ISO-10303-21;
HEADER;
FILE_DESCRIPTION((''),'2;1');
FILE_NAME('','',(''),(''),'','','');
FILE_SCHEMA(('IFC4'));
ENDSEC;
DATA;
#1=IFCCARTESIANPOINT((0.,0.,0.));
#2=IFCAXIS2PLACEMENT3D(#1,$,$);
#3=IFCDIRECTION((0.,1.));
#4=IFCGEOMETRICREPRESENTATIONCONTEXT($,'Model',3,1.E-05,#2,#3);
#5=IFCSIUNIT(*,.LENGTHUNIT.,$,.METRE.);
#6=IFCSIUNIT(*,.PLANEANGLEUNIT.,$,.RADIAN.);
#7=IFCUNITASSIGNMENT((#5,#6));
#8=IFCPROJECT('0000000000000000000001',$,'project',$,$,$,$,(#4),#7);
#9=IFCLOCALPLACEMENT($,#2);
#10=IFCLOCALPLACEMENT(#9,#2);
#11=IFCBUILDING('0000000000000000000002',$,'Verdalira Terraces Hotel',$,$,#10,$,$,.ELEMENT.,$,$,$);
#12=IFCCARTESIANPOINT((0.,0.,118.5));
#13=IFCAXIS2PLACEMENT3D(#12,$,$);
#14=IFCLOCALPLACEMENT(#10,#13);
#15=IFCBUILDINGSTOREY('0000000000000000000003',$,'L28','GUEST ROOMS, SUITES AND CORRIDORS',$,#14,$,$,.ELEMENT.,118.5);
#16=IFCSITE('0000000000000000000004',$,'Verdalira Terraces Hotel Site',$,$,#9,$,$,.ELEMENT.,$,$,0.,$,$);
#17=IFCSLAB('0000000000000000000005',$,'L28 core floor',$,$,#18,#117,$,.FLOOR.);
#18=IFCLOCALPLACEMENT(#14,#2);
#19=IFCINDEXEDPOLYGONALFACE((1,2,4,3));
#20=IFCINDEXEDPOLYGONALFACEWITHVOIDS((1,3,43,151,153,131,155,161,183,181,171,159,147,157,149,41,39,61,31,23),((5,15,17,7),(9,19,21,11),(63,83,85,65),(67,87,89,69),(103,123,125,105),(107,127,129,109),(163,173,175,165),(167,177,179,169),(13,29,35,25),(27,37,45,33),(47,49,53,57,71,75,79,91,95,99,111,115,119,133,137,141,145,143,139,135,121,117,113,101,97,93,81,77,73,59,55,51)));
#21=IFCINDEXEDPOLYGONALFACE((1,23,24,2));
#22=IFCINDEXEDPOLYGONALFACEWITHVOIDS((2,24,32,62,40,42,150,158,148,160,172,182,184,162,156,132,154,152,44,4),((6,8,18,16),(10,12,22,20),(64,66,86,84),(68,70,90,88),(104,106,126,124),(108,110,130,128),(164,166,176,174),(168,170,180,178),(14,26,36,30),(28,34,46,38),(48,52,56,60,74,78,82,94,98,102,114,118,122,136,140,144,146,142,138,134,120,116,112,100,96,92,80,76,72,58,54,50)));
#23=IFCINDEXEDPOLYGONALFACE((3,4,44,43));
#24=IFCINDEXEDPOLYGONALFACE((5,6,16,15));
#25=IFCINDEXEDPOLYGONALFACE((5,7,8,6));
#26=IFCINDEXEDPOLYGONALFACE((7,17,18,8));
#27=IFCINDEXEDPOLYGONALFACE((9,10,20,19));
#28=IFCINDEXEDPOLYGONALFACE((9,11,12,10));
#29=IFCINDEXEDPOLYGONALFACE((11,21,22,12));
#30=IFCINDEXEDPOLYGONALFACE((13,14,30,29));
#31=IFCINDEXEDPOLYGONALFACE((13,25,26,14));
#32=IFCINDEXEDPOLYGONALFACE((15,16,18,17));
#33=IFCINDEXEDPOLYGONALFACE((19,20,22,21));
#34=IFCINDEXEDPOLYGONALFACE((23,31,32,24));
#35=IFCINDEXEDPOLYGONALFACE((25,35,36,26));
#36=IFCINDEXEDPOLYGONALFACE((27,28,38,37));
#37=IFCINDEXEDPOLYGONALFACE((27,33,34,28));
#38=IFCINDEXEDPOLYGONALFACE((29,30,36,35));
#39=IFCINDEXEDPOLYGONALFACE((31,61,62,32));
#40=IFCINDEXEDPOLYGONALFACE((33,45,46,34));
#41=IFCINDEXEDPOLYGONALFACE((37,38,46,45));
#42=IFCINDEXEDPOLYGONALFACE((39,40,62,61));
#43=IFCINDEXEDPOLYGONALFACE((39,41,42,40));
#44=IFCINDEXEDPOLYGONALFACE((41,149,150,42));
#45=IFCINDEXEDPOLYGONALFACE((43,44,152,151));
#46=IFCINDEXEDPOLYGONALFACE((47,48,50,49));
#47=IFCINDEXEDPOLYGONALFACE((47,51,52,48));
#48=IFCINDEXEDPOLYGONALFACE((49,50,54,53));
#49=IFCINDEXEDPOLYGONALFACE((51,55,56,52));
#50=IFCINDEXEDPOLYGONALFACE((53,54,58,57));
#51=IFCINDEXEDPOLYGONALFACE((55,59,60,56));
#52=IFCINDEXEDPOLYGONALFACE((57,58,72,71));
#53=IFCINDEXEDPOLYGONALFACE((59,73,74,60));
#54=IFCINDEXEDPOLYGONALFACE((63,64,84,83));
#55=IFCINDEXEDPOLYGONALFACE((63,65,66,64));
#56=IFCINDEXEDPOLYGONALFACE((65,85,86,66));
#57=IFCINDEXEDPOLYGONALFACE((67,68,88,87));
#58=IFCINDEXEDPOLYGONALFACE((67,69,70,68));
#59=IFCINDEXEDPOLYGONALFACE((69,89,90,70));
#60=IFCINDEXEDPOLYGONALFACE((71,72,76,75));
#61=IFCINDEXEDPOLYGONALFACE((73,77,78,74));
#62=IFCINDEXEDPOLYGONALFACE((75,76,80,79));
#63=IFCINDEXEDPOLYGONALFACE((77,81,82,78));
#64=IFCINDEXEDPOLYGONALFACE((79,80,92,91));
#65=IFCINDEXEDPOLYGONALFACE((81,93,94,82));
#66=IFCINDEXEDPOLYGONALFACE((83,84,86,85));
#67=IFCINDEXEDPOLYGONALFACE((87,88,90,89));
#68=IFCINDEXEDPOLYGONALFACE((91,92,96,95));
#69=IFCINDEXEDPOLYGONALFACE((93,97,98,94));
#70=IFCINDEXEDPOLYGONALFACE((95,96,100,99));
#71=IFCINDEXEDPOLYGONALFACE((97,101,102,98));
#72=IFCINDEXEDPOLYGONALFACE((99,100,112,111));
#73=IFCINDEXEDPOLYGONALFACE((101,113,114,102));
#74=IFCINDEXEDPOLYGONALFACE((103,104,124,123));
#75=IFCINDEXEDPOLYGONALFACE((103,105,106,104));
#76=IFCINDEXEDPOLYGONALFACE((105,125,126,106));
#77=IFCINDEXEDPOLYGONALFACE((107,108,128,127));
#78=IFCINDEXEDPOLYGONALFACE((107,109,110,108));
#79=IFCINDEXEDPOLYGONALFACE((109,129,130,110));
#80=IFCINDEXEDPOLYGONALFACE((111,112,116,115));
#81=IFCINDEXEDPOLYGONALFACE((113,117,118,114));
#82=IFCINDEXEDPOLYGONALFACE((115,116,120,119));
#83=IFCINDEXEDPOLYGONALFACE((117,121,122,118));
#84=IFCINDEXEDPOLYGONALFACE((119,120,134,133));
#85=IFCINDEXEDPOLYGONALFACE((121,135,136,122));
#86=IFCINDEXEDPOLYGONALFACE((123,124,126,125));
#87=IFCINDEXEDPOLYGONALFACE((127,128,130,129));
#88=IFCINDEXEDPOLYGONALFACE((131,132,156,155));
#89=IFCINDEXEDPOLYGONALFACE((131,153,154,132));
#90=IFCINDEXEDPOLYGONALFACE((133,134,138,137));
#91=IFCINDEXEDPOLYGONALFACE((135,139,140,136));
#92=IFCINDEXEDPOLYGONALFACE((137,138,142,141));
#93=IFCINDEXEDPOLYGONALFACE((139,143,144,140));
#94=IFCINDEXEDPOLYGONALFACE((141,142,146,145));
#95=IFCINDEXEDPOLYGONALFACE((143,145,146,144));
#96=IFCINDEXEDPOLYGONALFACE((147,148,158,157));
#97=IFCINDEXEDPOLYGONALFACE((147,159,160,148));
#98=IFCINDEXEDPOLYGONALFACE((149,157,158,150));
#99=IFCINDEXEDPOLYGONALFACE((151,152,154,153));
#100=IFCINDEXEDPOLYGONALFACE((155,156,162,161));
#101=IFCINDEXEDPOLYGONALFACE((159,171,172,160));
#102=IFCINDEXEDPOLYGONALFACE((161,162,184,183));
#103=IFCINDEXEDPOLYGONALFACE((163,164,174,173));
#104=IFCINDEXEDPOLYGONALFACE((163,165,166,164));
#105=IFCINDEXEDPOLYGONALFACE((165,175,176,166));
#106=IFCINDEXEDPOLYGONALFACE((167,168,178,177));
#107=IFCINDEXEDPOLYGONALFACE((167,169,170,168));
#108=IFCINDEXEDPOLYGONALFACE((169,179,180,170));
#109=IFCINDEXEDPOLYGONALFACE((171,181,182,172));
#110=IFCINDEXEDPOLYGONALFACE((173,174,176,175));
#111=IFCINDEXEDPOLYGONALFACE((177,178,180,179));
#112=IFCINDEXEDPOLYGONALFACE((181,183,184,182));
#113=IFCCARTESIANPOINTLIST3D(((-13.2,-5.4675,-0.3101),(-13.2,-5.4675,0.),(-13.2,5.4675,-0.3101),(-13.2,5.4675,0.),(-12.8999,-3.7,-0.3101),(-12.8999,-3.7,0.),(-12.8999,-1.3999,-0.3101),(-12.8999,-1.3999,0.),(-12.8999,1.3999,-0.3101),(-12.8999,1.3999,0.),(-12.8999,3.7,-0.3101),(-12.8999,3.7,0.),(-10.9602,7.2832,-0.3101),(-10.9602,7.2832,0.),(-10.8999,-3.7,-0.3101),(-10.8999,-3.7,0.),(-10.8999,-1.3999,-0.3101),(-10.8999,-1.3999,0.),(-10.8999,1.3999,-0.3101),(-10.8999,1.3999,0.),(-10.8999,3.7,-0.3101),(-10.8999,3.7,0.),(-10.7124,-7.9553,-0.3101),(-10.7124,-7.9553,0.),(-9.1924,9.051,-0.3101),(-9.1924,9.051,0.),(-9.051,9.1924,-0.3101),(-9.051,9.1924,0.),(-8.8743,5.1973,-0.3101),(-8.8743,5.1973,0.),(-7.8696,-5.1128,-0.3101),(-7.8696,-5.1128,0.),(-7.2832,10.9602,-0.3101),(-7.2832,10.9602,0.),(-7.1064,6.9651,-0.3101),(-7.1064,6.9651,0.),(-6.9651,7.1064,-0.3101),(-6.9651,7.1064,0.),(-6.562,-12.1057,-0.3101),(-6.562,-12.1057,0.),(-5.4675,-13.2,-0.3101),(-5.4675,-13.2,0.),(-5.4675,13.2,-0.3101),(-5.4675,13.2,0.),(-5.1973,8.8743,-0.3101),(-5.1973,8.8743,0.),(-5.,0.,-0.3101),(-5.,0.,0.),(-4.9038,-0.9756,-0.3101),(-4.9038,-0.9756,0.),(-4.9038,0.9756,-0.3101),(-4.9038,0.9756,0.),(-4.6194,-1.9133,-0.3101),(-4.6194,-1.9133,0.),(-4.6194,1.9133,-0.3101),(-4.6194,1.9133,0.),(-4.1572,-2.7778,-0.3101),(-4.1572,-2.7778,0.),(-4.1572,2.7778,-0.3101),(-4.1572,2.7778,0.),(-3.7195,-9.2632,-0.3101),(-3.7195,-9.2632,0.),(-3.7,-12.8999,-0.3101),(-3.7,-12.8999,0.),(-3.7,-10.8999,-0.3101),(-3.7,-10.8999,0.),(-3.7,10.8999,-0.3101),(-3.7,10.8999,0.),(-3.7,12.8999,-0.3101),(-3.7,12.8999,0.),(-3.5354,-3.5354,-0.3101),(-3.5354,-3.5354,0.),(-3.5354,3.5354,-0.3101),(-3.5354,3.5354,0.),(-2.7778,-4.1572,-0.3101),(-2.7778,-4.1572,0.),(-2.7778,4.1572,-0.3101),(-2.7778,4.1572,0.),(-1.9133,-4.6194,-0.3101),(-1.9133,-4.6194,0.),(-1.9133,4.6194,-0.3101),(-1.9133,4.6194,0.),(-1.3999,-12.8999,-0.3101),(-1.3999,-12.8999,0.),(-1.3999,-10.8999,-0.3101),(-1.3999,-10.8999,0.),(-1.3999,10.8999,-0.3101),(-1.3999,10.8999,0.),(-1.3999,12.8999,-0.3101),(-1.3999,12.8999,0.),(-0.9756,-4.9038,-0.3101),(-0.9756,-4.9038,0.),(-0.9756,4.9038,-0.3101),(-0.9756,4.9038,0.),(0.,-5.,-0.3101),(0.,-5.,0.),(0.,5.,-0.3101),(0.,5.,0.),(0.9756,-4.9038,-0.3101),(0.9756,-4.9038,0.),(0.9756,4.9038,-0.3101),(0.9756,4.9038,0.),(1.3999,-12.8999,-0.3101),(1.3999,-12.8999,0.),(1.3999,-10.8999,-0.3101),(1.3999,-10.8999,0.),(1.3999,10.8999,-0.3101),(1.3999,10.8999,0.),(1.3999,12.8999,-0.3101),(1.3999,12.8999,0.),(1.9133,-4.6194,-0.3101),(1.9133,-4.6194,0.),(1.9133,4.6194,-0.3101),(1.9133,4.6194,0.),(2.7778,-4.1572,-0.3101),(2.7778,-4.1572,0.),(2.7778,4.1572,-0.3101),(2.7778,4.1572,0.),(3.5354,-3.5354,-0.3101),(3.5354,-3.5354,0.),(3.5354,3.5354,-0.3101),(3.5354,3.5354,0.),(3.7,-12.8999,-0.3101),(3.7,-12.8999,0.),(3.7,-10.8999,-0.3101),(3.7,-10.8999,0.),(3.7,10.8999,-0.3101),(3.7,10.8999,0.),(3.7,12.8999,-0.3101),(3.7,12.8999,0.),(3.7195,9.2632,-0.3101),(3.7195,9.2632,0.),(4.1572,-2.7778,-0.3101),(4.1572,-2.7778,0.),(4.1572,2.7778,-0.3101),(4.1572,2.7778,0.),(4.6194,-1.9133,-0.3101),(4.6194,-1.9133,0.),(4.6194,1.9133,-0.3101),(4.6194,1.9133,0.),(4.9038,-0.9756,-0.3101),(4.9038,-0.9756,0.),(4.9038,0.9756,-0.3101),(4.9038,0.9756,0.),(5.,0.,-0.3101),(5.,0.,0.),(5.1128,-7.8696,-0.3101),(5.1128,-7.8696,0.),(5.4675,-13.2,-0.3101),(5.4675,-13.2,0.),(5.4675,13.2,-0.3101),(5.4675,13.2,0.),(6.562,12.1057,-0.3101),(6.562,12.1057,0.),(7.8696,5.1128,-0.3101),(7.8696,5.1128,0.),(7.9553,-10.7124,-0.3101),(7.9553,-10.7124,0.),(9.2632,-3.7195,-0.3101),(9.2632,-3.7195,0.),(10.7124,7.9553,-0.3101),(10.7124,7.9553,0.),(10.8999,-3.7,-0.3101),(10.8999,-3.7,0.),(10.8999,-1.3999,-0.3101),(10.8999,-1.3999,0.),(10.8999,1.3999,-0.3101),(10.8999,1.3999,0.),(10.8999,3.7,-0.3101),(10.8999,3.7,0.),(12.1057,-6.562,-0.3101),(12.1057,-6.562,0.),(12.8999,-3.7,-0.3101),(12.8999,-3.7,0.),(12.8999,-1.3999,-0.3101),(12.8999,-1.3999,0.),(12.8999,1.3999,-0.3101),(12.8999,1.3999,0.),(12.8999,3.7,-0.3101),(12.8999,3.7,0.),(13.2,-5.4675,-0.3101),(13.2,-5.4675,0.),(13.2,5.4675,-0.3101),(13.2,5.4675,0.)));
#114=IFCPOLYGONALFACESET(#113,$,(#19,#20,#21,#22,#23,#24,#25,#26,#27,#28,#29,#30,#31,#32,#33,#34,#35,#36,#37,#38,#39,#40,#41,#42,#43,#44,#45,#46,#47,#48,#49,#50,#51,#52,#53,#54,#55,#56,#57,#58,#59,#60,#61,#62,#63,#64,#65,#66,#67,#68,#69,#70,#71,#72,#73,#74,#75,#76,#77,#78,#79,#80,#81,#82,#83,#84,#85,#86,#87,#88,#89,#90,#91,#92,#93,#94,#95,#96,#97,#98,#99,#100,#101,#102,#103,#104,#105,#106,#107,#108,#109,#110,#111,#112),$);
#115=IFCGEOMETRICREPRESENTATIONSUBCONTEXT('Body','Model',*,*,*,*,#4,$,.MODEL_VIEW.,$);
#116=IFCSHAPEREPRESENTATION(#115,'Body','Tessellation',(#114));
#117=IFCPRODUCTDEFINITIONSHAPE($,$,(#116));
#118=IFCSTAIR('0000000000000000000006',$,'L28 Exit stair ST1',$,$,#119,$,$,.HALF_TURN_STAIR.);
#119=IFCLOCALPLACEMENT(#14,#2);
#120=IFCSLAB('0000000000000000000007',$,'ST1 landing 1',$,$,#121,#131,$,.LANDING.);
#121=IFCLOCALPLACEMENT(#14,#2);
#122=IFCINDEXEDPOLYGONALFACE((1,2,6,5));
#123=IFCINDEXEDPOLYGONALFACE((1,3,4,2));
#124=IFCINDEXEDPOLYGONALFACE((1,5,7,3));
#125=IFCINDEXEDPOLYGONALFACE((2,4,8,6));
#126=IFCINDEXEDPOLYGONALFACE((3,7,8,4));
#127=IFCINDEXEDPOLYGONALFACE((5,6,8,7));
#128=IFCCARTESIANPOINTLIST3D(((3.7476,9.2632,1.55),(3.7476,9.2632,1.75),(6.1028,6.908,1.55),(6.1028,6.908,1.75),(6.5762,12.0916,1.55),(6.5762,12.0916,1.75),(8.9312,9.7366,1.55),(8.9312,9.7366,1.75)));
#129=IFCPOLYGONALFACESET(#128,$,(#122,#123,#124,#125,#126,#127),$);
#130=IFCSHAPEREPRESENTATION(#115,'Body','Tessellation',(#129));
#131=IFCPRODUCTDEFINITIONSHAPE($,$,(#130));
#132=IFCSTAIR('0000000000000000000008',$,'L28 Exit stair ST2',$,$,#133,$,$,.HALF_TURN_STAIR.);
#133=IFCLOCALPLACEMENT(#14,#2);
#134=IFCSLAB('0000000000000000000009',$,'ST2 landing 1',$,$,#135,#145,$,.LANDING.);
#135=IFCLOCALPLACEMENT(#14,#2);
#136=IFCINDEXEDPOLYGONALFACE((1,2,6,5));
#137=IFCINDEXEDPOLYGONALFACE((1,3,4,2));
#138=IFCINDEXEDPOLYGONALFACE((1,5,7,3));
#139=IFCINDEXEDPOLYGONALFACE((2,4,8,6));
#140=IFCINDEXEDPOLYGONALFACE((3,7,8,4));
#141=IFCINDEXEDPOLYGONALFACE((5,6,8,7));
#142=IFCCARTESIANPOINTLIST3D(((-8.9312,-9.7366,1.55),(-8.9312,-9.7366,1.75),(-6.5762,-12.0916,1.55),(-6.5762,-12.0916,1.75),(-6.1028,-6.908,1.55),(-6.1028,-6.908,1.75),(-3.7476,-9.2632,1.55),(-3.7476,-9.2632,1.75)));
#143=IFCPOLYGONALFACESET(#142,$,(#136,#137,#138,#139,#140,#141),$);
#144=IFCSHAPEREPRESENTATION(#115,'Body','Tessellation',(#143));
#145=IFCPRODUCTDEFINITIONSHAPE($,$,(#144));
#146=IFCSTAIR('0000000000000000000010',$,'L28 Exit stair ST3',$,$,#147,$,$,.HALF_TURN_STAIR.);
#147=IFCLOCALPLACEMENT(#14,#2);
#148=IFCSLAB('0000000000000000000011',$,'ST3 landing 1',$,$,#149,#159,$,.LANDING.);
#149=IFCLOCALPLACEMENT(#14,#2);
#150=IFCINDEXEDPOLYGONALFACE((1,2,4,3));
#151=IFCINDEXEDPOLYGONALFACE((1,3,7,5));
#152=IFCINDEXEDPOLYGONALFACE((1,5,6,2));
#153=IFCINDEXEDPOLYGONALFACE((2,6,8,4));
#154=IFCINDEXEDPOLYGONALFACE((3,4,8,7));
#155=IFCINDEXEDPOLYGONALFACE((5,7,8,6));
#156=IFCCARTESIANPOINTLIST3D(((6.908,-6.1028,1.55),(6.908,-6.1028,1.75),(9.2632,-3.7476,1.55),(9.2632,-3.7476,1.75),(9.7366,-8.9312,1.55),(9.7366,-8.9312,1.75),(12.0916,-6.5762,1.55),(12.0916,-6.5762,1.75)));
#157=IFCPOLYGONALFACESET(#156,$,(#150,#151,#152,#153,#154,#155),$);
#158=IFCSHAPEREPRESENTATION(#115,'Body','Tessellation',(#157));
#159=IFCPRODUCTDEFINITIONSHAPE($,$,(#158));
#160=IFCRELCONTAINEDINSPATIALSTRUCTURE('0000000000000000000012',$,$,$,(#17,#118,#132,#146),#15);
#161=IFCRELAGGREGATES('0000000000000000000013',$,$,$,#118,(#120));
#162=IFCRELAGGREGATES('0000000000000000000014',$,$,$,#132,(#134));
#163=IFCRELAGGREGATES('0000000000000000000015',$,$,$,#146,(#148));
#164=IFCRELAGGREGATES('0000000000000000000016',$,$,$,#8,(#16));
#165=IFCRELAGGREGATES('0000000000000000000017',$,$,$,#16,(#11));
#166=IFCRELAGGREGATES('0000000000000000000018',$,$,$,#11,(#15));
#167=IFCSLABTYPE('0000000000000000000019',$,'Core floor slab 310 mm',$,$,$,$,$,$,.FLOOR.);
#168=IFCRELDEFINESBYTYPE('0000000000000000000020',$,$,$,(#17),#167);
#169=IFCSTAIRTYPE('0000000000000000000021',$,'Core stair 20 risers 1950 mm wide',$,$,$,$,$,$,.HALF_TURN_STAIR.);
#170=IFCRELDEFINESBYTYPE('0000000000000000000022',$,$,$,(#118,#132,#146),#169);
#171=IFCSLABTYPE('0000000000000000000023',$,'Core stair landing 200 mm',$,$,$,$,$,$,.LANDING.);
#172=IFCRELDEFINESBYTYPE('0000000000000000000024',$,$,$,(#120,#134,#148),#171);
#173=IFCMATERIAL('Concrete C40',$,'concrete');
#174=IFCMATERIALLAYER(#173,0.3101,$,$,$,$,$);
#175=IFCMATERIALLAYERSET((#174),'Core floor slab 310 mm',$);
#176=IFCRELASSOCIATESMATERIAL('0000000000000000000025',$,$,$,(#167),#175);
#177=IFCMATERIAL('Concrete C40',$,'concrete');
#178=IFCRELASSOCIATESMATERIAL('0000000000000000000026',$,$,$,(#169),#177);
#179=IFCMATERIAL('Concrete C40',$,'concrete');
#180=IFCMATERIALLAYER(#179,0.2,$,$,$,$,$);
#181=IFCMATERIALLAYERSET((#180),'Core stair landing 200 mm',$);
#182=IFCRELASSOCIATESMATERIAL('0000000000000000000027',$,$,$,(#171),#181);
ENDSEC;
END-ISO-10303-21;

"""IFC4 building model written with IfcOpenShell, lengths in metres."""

from ifc_helpers import new_model, si_unit, direction, frame, origin, place, context, subcontext, project, spatial, polyline, outline, extrude, material, layer, layer_set, type_object, element, aggregate, save


model = new_model("IFC4")

# Units and contexts
model_context = context("Model", 3, precision=1e-05, world=origin(), true_north=direction((0.0, 1.0)))
body_context = subcontext(model_context, "Body", "Model", "MODEL_VIEW")
ifc_project = project(units=[si_unit("LENGTHUNIT", "METRE"), si_unit("PLANEANGLEUNIT", "RADIAN")], contexts=[model_context])

# Site, building, storey
site_placement = place(None, origin())
site = spatial("IfcSite", under=ifc_project, at=site_placement, Name="Verdalira Terraces Hotel Site", CompositionType="ELEMENT", RefElevation=0.0)
building_placement = place(site_placement, origin())
building = spatial("IfcBuilding", under=site, at=building_placement, Name="Verdalira Terraces Hotel", CompositionType="ELEMENT")
storey_placement = place(building_placement, frame((0.0, 0.0, 118.5)))
storey = spatial("IfcBuildingStorey", under=building, at=storey_placement, Name="L28", Description="GUEST ROOMS, SUITES AND CORRIDORS", CompositionType="ELEMENT", Elevation=118.5)

# Slab
ifc_material_1 = material(Name="Concrete C40", Category="concrete")
ifc_layer_1 = layer(ifc_material_1, 0.3101)
ifc_layer_set_1 = layer_set([ifc_layer_1], Name="Core floor slab 310 mm")
slab_type_1 = type_object("IfcSlabType", Name="Core floor slab 310 mm", PredefinedType="FLOOR", material=ifc_layer_set_1)
slab_1_placement = place(storey_placement, frame((0.0, 0.0, -0.3101)))
element("IfcSlab", 1, at=slab_1_placement, inside=storey, type_object=slab_type_1, Name="L28 core floor", PredefinedType="FLOOR", context=body_context, shape_type="SweptSolid", body=[
    extrude(outline(polyline([(-5.4675, 13.2), (5.4675, 13.2), (6.562, 12.1057), (3.7195, 9.2632), (7.8696, 5.1128), (10.7124, 7.9553), (13.2, 5.4675), (13.2, -5.4675), (12.1057, -6.562), (9.2632, -3.7195), (5.1128, -7.8696), (7.9553, -10.7124), (5.4675, -13.2), (-5.4675, -13.2), (-6.562, -12.1057), (-3.7195, -9.2632), (-7.8696, -5.1128), (-10.7124, -7.9553), (-13.2, -5.4675), (-13.2, 5.4675), (-5.4675, 13.2)]), holes=[polyline([(12.8999, -3.7), (12.8999, -1.3999), (10.8999, -1.3999), (10.8999, -3.7), (12.8999, -3.7)]), polyline([(12.8999, 1.3999), (12.8999, 3.7), (10.8999, 3.7), (10.8999, 1.3999), (12.8999, 1.3999)]), polyline([(1.3999, 10.8999), (3.7, 10.8999), (3.7, 12.8999), (1.3999, 12.8999), (1.3999, 10.8999)]), polyline([(-3.7, 10.8999), (-1.3999, 10.8999), (-1.3999, 12.8999), (-3.7, 12.8999), (-3.7, 10.8999)]), polyline([(-12.8999, 3.7), (-12.8999, 1.3999), (-10.8999, 1.3999), (-10.8999, 3.7), (-12.8999, 3.7)]), polyline([(-12.8999, -1.3999), (-12.8999, -3.7), (-10.8999, -3.7), (-10.8999, -1.3999), (-12.8999, -1.3999)]), polyline([(-1.3999, -10.8999), (-3.7, -10.8999), (-3.7, -12.8999), (-1.3999, -12.8999), (-1.3999, -10.8999)]), polyline([(3.7, -10.8999), (1.3999, -10.8999), (1.3999, -12.8999), (3.7, -12.8999), (3.7, -10.8999)]), polyline([(-9.051, 9.1924), (-6.9651, 7.1064), (-5.1973, 8.8743), (-7.2832, 10.9602), (-9.051, 9.1924)]), polyline([(-9.1924, 9.051), (-10.9602, 7.2832), (-8.8743, 5.1973), (-7.1064, 6.9651), (-9.1924, 9.051)]), polyline([(3.5354, 3.5354), (2.7778, 4.1572), (1.9133, 4.6194), (0.9756, 4.9038), (0.0, 5.0), (-0.9756, 4.9038), (-1.9133, 4.6194), (-2.7778, 4.1572), (-3.5354, 3.5354), (-4.1572, 2.7778), (-4.6194, 1.9133), (-4.9038, 0.9756), (-5.0, 0.0), (-4.9038, -0.9756), (-4.6194, -1.9133), (-4.1572, -2.7778), (-3.5354, -3.5354), (-2.7778, -4.1572), (-1.9133, -4.6194), (-0.9756, -4.9038), (0.0, -5.0), (0.9756, -4.9038), (1.9133, -4.6194), (2.7778, -4.1572), (3.5354, -3.5354), (4.1572, -2.7778), (4.6194, -1.9133), (4.9038, -0.9756), (5.0, 0.0), (4.9038, 0.9756), (4.6194, 1.9133), (4.1572, 2.7778), (3.5354, 3.5354)])]), origin(), (0.0, 0.0, 1.0), 0.3101),
])

# Stairs, slabs
ifc_material_2 = material(Name="Concrete C40", Category="concrete")
stair_type = type_object("IfcStairType", Name="Core stair 20 risers 1950 mm wide", PredefinedType="HALF_TURN_STAIR", material=ifc_material_2)
stair_1_placement = place(storey_placement, origin())
stair_1 = element("IfcStair", 2, at=stair_1_placement, inside=storey, type_object=stair_type, Name="L28 Exit stair ST1", PredefinedType="HALF_TURN_STAIR")
ifc_material_3 = material(Name="Concrete C40", Category="concrete")
ifc_layer_2 = layer(ifc_material_3, 0.2)
ifc_layer_set_2 = layer_set([ifc_layer_2], Name="Core stair landing 200 mm")
slab_type_2 = type_object("IfcSlabType", Name="Core stair landing 200 mm", PredefinedType="LANDING", material=ifc_layer_set_2)
slab_2_placement = place(storey_placement, frame((0.0, 0.0, 1.55)))
slab_2 = element("IfcSlab", 3, at=slab_2_placement, type_object=slab_type_2, Name="ST1 landing 1", PredefinedType="LANDING", context=body_context, shape_type="SweptSolid", body=[
    extrude(outline(polyline([(8.9312, 9.7366), (6.5762, 12.0916), (3.7476, 9.2632), (6.1028, 6.908), (8.9312, 9.7366)])), origin(), (0.0, 0.0, 1.0), 0.2),
])
aggregate(stair_1, [slab_2])
stair_2_placement = place(storey_placement, origin())
stair_2 = element("IfcStair", 4, at=stair_2_placement, inside=storey, type_object=stair_type, Name="L28 Exit stair ST2", PredefinedType="HALF_TURN_STAIR")
slab_3_placement = place(storey_placement, frame((0.0, 0.0, 1.55)))
slab_3 = element("IfcSlab", 5, at=slab_3_placement, type_object=slab_type_2, Name="ST2 landing 1", PredefinedType="LANDING", context=body_context, shape_type="SweptSolid", body=[
    extrude(outline(polyline([(-8.9312, -9.7366), (-6.5762, -12.0916), (-3.7476, -9.2632), (-6.1028, -6.908), (-8.9312, -9.7366)])), origin(), (0.0, 0.0, 1.0), 0.2),
])
aggregate(stair_2, [slab_3])
stair_3_placement = place(storey_placement, origin())
stair_3 = element("IfcStair", 6, at=stair_3_placement, inside=storey, type_object=stair_type, Name="L28 Exit stair ST3", PredefinedType="HALF_TURN_STAIR")
slab_4_placement = place(storey_placement, frame((0.0, 0.0, 1.55)))
slab_4 = element("IfcSlab", 7, at=slab_4_placement, type_object=slab_type_2, Name="ST3 landing 1", PredefinedType="LANDING", context=body_context, shape_type="SweptSolid", body=[
    extrude(outline(polyline([(9.7366, -8.9312), (12.0916, -6.5762), (9.2632, -3.7476), (6.908, -6.1028), (9.7366, -8.9312)])), origin(), (0.0, 0.0, 1.0), 0.2),
])
aggregate(stair_3, [slab_4])

save(model, "model.ifc")
